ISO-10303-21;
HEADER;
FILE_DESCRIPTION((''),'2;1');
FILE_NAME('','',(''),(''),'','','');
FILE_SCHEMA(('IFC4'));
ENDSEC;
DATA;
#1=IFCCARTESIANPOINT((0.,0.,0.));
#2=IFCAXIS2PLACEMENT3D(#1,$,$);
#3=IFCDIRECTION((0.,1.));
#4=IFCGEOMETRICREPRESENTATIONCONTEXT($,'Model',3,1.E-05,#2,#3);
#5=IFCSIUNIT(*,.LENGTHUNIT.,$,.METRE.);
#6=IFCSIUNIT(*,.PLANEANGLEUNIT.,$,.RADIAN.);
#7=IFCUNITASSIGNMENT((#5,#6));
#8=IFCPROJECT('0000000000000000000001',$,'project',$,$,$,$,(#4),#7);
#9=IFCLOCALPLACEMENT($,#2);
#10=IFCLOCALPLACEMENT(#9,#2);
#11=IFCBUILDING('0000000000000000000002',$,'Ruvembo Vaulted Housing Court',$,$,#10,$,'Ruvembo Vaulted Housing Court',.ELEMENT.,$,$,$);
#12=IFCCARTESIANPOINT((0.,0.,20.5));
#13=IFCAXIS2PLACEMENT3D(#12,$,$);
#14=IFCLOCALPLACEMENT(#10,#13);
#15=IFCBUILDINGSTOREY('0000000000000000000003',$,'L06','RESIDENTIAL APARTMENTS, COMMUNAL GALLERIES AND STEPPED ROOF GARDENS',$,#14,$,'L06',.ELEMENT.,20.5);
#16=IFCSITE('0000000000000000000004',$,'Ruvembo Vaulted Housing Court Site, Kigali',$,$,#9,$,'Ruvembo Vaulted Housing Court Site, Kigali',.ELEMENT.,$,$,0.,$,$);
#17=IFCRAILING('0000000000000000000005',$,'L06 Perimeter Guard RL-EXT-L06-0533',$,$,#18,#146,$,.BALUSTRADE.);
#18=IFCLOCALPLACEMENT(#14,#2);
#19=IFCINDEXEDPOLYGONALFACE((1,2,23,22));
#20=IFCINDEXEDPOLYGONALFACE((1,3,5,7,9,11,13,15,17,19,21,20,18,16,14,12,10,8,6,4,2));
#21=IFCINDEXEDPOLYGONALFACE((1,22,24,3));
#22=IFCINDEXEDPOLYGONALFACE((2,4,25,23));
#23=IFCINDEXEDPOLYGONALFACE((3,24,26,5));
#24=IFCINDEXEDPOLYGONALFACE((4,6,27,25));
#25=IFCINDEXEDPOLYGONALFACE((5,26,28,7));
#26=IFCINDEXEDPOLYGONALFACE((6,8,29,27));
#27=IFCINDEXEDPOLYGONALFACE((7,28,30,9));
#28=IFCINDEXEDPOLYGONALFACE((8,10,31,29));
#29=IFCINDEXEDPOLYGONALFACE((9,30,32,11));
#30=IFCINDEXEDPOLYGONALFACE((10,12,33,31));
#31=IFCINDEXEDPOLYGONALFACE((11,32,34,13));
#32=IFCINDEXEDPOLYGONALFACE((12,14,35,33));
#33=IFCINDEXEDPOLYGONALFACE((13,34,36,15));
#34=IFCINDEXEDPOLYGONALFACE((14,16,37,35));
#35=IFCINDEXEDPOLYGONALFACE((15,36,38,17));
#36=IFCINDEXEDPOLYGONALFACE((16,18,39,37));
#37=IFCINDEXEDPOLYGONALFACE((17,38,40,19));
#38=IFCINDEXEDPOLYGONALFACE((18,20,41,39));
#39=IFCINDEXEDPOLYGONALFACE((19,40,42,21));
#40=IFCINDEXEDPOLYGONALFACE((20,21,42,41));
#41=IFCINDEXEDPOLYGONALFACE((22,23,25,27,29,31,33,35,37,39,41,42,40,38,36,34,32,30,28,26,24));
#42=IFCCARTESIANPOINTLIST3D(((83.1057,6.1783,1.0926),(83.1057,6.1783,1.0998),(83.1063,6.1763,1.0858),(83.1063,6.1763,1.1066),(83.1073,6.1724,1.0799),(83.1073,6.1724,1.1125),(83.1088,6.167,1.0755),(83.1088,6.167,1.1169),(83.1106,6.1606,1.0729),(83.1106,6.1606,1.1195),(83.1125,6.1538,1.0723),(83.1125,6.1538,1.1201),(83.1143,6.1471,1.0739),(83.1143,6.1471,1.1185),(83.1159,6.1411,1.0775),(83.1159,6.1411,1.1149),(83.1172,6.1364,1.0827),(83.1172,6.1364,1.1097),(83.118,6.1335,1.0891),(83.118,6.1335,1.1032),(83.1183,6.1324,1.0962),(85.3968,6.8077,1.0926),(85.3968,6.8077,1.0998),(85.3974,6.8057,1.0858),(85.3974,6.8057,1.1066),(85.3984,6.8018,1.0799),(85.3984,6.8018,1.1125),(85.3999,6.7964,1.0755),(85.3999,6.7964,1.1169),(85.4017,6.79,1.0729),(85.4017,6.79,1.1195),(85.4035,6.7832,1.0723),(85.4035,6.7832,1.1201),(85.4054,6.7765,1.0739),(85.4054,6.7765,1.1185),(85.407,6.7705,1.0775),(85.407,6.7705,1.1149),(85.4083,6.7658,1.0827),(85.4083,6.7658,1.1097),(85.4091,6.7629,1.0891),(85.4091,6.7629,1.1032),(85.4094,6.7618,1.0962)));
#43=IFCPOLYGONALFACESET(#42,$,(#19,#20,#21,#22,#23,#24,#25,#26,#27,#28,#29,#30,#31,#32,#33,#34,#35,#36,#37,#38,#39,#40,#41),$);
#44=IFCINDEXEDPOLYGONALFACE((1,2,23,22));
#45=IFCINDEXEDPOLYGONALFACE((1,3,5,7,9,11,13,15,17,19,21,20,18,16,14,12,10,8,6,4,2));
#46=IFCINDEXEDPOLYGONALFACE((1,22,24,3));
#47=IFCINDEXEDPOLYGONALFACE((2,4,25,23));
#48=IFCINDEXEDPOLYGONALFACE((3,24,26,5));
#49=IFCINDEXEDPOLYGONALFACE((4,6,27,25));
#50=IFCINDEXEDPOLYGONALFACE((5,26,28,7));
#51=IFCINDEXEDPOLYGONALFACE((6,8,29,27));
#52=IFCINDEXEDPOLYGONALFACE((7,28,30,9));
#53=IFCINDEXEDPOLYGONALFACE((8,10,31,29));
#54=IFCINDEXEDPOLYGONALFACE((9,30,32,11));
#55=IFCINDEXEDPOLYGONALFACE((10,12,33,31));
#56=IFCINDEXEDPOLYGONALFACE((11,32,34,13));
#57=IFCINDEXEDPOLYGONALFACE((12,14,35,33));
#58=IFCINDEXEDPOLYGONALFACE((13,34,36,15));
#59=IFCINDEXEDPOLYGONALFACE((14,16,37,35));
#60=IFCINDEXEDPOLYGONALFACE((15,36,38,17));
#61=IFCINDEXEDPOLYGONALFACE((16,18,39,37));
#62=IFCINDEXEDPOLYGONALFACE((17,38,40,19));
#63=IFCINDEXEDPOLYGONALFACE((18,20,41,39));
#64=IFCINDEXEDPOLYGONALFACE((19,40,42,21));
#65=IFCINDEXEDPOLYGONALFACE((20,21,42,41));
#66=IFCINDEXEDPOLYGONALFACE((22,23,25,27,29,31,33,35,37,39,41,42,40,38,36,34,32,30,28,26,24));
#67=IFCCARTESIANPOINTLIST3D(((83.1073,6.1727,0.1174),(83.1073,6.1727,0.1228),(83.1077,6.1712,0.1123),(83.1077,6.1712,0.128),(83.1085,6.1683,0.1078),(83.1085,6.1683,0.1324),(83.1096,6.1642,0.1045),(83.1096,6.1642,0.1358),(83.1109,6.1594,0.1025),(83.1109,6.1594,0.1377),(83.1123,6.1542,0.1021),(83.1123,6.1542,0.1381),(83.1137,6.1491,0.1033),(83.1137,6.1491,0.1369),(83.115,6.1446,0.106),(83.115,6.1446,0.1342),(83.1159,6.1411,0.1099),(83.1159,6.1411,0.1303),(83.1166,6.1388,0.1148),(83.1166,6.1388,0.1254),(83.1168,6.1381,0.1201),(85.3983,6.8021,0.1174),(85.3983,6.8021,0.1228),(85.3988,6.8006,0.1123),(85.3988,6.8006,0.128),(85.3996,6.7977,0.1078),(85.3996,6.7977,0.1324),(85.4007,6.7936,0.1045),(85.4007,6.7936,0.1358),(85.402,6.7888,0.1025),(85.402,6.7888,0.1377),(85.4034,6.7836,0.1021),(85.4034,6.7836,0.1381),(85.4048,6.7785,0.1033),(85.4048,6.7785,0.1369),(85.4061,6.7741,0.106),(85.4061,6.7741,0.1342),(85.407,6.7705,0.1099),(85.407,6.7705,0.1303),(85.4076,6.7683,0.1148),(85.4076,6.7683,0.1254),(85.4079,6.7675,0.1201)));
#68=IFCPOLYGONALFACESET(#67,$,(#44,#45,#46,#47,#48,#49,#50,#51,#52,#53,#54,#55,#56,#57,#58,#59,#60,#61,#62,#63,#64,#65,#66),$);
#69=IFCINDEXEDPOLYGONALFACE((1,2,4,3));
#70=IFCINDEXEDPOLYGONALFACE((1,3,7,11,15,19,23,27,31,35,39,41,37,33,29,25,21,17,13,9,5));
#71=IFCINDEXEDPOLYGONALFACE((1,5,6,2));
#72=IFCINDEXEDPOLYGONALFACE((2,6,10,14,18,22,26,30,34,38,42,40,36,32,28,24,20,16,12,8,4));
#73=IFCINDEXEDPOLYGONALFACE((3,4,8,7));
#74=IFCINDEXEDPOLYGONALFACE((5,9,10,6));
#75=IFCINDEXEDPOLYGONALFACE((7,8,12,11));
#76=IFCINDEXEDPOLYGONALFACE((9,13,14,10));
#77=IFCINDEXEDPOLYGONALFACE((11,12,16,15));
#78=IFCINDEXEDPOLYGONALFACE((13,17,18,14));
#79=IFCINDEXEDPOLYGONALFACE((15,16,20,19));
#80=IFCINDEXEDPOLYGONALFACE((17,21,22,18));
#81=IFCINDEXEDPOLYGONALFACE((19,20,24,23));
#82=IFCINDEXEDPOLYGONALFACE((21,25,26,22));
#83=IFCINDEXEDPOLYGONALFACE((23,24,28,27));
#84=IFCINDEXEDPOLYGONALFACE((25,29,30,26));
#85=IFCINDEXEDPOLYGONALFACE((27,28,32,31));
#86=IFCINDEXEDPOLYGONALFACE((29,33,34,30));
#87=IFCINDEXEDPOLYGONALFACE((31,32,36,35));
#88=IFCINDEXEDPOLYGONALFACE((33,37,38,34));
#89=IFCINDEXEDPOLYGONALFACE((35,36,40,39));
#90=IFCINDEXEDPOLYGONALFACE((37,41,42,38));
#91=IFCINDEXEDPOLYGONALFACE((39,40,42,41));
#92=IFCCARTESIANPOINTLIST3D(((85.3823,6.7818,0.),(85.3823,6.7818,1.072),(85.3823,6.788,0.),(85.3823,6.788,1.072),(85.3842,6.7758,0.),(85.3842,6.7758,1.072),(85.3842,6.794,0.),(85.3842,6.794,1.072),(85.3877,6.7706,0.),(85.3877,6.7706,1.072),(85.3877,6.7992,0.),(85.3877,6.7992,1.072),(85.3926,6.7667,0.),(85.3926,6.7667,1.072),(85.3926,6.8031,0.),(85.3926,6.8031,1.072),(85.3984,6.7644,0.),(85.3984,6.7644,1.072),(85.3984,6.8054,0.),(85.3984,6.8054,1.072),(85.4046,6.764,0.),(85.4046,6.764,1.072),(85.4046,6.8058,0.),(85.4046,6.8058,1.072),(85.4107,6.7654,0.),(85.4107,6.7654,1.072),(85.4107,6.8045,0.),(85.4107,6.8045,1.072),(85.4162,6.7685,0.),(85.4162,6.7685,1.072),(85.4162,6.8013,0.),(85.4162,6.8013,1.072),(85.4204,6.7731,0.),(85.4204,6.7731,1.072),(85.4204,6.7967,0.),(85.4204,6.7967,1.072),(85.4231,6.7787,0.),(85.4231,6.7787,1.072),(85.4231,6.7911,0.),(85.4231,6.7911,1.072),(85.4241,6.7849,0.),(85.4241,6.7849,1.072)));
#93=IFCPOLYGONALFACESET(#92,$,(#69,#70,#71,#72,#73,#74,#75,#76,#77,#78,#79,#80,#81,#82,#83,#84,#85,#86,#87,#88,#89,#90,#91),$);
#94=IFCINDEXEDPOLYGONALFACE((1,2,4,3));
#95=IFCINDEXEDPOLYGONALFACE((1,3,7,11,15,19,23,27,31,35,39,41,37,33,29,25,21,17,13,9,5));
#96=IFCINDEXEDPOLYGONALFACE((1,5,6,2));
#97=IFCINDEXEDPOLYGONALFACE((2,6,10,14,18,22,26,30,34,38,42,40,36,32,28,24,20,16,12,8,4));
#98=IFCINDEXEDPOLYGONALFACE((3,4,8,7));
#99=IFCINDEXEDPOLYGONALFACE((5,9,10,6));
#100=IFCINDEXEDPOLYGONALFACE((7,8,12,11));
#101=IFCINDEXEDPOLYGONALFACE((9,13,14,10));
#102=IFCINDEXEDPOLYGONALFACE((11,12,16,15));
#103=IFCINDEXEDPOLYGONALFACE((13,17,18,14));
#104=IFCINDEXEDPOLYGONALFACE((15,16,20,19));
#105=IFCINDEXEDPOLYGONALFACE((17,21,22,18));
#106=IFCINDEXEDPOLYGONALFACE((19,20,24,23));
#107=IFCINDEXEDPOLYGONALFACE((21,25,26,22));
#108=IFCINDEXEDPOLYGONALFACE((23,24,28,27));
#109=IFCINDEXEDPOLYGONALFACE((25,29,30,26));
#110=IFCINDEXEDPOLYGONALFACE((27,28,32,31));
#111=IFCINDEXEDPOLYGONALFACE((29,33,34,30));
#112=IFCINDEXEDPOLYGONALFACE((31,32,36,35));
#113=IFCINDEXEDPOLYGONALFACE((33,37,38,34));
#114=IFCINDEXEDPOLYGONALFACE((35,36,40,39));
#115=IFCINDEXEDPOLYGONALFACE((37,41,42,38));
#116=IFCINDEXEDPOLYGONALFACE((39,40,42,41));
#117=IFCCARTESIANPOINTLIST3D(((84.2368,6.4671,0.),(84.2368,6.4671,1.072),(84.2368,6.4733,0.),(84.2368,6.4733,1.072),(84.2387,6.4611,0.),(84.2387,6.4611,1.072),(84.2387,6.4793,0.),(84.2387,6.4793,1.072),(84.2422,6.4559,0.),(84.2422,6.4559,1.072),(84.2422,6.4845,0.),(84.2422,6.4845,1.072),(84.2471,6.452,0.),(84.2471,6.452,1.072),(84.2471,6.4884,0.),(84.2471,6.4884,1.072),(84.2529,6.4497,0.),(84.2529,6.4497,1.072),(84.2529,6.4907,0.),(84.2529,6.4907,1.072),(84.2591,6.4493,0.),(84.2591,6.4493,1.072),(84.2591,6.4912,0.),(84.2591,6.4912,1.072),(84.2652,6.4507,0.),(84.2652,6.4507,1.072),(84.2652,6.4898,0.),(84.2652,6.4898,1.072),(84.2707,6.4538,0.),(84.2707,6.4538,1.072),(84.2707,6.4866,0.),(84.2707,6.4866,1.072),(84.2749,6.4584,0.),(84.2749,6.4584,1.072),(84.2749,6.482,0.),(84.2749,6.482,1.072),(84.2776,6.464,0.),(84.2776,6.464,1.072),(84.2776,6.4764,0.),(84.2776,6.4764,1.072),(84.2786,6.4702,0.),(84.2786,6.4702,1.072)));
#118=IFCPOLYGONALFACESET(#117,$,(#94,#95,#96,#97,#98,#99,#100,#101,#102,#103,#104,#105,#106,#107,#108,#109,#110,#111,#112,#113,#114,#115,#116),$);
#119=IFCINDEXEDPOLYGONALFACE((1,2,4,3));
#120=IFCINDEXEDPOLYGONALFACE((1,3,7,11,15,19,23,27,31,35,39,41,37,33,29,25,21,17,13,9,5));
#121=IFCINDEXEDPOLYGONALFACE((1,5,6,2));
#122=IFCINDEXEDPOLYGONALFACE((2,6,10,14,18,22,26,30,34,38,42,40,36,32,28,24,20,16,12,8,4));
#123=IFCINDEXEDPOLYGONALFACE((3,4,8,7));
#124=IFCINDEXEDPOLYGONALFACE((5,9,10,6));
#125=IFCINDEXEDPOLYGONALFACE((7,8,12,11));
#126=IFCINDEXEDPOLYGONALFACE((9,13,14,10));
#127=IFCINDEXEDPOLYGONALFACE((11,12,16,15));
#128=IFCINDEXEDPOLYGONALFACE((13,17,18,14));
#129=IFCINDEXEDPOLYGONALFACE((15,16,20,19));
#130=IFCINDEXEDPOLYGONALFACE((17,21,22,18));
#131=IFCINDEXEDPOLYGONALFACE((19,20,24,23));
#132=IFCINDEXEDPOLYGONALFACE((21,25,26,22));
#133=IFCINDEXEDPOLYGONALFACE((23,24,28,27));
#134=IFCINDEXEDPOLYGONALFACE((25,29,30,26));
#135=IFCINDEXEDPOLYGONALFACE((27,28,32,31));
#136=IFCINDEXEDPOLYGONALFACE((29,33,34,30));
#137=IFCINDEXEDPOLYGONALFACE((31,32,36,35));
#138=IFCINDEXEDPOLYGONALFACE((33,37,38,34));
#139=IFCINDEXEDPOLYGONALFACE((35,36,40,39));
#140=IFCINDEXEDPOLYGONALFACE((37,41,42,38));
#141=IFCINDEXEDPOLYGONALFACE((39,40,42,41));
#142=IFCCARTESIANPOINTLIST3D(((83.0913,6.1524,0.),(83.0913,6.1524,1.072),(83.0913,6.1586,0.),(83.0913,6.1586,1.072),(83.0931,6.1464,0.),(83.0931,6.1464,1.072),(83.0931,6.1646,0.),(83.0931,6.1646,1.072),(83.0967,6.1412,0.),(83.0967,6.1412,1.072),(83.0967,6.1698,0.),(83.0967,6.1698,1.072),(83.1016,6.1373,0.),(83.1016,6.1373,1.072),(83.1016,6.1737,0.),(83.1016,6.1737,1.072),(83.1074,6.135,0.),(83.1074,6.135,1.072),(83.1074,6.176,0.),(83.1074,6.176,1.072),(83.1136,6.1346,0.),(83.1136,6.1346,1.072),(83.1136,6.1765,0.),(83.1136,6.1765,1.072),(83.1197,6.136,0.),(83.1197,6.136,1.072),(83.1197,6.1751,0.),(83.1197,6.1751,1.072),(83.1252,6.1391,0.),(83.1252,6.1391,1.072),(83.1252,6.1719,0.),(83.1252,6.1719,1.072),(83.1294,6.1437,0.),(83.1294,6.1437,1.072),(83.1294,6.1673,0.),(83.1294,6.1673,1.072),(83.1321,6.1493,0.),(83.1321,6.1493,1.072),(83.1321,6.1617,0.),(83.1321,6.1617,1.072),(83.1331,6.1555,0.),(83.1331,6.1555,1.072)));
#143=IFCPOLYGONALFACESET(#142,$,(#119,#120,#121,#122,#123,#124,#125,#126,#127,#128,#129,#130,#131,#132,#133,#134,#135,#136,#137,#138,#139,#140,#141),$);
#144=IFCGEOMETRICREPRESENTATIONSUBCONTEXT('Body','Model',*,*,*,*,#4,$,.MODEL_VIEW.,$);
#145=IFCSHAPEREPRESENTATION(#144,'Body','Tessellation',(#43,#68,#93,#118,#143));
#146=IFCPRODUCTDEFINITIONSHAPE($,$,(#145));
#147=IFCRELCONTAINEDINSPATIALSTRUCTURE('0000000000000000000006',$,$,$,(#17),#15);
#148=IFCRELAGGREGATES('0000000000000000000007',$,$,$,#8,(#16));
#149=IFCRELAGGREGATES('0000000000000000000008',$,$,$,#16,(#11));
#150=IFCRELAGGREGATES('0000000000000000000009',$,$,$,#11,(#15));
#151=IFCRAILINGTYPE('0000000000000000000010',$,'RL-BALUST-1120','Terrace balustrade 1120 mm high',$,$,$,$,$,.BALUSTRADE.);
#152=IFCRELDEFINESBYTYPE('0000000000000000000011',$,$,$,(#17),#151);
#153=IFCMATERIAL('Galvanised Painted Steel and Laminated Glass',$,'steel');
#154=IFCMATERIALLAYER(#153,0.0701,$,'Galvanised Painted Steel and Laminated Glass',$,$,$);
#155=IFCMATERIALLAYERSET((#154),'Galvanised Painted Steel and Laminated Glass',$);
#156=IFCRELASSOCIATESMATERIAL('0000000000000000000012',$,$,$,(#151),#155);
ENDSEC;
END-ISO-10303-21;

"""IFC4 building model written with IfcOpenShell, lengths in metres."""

from ifc_helpers import new_model, si_unit, direction, frame, origin, origin_2d, place, context, subcontext, project, spatial, circle, extrude, material, layer, layer_set, type_object, element, save


model = new_model("IFC4")

# Units and contexts
model_context = context("Model", 3, precision=1e-05, world=origin(), true_north=direction((0.0, 1.0)))
body_context = subcontext(model_context, "Body", "Model", "MODEL_VIEW")
ifc_project = project(units=[si_unit("LENGTHUNIT", "METRE"), si_unit("PLANEANGLEUNIT", "RADIAN")], contexts=[model_context])

# Site, building, storey
site_placement = place(None, origin())
site = spatial("IfcSite", under=ifc_project, at=site_placement, Name="Ruvembo Vaulted Housing Court Site, Kigali", LongName="Ruvembo Vaulted Housing Court Site, Kigali", CompositionType="ELEMENT", RefElevation=0.0)
building_placement = place(site_placement, origin())
building = spatial("IfcBuilding", under=site, at=building_placement, Name="Ruvembo Vaulted Housing Court", LongName="Ruvembo Vaulted Housing Court", CompositionType="ELEMENT")
storey_placement = place(building_placement, frame((0.0, 0.0, 20.5)))
storey = spatial("IfcBuildingStorey", under=building, at=storey_placement, Name="L06", Description="RESIDENTIAL APARTMENTS, COMMUNAL GALLERIES AND STEPPED ROOF GARDENS", LongName="L06", CompositionType="ELEMENT", Elevation=20.5)

# Railing
ifc_material_1 = material(Name="Galvanised Painted Steel and Laminated Glass", Category="steel")
ifc_layer_1 = layer(ifc_material_1, 0.0701, Name="Galvanised Painted Steel and Laminated Glass")
ifc_layer_set_1 = layer_set([ifc_layer_1], Name="Galvanised Painted Steel and Laminated Glass")
railing_type = type_object("IfcRailingType", Name="RL-BALUST-1120", Description="Terrace balustrade 1120 mm high", PredefinedType="BALUSTRADE", material=ifc_layer_set_1)
railing_1_placement = place(storey_placement, frame((85.4031, 6.7849, 0.0)))
element("IfcRailing", 1, at=railing_1_placement, inside=storey, type_object=railing_type, Name="L06 Perimeter Guard RL-EXT-L06-0533", PredefinedType="BALUSTRADE", context=body_context, shape_type="SweptSolid", body=[
    extrude(circle(Radius=0.0239, at=origin_2d()), frame((0.0, 0.0, 1.0962), z_axis=(-0.964274, -0.264908, 0.0), x_axis=(0.264908, -0.964274, 0.0)), (0.0, 0.0, 1.0), 2.376),
    extrude(circle(Radius=0.0181, at=origin_2d()), frame((0.0, 0.0, 0.1201), z_axis=(-0.964274, -0.264908, 0.0), x_axis=(0.264908, -0.964274, 0.0)), (0.0, 0.0, 1.0), 2.376),
    extrude(circle(Radius=0.021, at=origin_2d()), origin(), (0.0, 0.0, 1.0), 1.072),
    extrude(circle(Radius=0.021, at=origin_2d()), frame((-1.1455, -0.3147, 0.0)), (0.0, 0.0, 1.0), 1.072),
    extrude(circle(Radius=0.021, at=origin_2d()), frame((-2.291, -0.6294, 0.0)), (0.0, 0.0, 1.0), 1.072),
])

save(model, "model.ifc")
